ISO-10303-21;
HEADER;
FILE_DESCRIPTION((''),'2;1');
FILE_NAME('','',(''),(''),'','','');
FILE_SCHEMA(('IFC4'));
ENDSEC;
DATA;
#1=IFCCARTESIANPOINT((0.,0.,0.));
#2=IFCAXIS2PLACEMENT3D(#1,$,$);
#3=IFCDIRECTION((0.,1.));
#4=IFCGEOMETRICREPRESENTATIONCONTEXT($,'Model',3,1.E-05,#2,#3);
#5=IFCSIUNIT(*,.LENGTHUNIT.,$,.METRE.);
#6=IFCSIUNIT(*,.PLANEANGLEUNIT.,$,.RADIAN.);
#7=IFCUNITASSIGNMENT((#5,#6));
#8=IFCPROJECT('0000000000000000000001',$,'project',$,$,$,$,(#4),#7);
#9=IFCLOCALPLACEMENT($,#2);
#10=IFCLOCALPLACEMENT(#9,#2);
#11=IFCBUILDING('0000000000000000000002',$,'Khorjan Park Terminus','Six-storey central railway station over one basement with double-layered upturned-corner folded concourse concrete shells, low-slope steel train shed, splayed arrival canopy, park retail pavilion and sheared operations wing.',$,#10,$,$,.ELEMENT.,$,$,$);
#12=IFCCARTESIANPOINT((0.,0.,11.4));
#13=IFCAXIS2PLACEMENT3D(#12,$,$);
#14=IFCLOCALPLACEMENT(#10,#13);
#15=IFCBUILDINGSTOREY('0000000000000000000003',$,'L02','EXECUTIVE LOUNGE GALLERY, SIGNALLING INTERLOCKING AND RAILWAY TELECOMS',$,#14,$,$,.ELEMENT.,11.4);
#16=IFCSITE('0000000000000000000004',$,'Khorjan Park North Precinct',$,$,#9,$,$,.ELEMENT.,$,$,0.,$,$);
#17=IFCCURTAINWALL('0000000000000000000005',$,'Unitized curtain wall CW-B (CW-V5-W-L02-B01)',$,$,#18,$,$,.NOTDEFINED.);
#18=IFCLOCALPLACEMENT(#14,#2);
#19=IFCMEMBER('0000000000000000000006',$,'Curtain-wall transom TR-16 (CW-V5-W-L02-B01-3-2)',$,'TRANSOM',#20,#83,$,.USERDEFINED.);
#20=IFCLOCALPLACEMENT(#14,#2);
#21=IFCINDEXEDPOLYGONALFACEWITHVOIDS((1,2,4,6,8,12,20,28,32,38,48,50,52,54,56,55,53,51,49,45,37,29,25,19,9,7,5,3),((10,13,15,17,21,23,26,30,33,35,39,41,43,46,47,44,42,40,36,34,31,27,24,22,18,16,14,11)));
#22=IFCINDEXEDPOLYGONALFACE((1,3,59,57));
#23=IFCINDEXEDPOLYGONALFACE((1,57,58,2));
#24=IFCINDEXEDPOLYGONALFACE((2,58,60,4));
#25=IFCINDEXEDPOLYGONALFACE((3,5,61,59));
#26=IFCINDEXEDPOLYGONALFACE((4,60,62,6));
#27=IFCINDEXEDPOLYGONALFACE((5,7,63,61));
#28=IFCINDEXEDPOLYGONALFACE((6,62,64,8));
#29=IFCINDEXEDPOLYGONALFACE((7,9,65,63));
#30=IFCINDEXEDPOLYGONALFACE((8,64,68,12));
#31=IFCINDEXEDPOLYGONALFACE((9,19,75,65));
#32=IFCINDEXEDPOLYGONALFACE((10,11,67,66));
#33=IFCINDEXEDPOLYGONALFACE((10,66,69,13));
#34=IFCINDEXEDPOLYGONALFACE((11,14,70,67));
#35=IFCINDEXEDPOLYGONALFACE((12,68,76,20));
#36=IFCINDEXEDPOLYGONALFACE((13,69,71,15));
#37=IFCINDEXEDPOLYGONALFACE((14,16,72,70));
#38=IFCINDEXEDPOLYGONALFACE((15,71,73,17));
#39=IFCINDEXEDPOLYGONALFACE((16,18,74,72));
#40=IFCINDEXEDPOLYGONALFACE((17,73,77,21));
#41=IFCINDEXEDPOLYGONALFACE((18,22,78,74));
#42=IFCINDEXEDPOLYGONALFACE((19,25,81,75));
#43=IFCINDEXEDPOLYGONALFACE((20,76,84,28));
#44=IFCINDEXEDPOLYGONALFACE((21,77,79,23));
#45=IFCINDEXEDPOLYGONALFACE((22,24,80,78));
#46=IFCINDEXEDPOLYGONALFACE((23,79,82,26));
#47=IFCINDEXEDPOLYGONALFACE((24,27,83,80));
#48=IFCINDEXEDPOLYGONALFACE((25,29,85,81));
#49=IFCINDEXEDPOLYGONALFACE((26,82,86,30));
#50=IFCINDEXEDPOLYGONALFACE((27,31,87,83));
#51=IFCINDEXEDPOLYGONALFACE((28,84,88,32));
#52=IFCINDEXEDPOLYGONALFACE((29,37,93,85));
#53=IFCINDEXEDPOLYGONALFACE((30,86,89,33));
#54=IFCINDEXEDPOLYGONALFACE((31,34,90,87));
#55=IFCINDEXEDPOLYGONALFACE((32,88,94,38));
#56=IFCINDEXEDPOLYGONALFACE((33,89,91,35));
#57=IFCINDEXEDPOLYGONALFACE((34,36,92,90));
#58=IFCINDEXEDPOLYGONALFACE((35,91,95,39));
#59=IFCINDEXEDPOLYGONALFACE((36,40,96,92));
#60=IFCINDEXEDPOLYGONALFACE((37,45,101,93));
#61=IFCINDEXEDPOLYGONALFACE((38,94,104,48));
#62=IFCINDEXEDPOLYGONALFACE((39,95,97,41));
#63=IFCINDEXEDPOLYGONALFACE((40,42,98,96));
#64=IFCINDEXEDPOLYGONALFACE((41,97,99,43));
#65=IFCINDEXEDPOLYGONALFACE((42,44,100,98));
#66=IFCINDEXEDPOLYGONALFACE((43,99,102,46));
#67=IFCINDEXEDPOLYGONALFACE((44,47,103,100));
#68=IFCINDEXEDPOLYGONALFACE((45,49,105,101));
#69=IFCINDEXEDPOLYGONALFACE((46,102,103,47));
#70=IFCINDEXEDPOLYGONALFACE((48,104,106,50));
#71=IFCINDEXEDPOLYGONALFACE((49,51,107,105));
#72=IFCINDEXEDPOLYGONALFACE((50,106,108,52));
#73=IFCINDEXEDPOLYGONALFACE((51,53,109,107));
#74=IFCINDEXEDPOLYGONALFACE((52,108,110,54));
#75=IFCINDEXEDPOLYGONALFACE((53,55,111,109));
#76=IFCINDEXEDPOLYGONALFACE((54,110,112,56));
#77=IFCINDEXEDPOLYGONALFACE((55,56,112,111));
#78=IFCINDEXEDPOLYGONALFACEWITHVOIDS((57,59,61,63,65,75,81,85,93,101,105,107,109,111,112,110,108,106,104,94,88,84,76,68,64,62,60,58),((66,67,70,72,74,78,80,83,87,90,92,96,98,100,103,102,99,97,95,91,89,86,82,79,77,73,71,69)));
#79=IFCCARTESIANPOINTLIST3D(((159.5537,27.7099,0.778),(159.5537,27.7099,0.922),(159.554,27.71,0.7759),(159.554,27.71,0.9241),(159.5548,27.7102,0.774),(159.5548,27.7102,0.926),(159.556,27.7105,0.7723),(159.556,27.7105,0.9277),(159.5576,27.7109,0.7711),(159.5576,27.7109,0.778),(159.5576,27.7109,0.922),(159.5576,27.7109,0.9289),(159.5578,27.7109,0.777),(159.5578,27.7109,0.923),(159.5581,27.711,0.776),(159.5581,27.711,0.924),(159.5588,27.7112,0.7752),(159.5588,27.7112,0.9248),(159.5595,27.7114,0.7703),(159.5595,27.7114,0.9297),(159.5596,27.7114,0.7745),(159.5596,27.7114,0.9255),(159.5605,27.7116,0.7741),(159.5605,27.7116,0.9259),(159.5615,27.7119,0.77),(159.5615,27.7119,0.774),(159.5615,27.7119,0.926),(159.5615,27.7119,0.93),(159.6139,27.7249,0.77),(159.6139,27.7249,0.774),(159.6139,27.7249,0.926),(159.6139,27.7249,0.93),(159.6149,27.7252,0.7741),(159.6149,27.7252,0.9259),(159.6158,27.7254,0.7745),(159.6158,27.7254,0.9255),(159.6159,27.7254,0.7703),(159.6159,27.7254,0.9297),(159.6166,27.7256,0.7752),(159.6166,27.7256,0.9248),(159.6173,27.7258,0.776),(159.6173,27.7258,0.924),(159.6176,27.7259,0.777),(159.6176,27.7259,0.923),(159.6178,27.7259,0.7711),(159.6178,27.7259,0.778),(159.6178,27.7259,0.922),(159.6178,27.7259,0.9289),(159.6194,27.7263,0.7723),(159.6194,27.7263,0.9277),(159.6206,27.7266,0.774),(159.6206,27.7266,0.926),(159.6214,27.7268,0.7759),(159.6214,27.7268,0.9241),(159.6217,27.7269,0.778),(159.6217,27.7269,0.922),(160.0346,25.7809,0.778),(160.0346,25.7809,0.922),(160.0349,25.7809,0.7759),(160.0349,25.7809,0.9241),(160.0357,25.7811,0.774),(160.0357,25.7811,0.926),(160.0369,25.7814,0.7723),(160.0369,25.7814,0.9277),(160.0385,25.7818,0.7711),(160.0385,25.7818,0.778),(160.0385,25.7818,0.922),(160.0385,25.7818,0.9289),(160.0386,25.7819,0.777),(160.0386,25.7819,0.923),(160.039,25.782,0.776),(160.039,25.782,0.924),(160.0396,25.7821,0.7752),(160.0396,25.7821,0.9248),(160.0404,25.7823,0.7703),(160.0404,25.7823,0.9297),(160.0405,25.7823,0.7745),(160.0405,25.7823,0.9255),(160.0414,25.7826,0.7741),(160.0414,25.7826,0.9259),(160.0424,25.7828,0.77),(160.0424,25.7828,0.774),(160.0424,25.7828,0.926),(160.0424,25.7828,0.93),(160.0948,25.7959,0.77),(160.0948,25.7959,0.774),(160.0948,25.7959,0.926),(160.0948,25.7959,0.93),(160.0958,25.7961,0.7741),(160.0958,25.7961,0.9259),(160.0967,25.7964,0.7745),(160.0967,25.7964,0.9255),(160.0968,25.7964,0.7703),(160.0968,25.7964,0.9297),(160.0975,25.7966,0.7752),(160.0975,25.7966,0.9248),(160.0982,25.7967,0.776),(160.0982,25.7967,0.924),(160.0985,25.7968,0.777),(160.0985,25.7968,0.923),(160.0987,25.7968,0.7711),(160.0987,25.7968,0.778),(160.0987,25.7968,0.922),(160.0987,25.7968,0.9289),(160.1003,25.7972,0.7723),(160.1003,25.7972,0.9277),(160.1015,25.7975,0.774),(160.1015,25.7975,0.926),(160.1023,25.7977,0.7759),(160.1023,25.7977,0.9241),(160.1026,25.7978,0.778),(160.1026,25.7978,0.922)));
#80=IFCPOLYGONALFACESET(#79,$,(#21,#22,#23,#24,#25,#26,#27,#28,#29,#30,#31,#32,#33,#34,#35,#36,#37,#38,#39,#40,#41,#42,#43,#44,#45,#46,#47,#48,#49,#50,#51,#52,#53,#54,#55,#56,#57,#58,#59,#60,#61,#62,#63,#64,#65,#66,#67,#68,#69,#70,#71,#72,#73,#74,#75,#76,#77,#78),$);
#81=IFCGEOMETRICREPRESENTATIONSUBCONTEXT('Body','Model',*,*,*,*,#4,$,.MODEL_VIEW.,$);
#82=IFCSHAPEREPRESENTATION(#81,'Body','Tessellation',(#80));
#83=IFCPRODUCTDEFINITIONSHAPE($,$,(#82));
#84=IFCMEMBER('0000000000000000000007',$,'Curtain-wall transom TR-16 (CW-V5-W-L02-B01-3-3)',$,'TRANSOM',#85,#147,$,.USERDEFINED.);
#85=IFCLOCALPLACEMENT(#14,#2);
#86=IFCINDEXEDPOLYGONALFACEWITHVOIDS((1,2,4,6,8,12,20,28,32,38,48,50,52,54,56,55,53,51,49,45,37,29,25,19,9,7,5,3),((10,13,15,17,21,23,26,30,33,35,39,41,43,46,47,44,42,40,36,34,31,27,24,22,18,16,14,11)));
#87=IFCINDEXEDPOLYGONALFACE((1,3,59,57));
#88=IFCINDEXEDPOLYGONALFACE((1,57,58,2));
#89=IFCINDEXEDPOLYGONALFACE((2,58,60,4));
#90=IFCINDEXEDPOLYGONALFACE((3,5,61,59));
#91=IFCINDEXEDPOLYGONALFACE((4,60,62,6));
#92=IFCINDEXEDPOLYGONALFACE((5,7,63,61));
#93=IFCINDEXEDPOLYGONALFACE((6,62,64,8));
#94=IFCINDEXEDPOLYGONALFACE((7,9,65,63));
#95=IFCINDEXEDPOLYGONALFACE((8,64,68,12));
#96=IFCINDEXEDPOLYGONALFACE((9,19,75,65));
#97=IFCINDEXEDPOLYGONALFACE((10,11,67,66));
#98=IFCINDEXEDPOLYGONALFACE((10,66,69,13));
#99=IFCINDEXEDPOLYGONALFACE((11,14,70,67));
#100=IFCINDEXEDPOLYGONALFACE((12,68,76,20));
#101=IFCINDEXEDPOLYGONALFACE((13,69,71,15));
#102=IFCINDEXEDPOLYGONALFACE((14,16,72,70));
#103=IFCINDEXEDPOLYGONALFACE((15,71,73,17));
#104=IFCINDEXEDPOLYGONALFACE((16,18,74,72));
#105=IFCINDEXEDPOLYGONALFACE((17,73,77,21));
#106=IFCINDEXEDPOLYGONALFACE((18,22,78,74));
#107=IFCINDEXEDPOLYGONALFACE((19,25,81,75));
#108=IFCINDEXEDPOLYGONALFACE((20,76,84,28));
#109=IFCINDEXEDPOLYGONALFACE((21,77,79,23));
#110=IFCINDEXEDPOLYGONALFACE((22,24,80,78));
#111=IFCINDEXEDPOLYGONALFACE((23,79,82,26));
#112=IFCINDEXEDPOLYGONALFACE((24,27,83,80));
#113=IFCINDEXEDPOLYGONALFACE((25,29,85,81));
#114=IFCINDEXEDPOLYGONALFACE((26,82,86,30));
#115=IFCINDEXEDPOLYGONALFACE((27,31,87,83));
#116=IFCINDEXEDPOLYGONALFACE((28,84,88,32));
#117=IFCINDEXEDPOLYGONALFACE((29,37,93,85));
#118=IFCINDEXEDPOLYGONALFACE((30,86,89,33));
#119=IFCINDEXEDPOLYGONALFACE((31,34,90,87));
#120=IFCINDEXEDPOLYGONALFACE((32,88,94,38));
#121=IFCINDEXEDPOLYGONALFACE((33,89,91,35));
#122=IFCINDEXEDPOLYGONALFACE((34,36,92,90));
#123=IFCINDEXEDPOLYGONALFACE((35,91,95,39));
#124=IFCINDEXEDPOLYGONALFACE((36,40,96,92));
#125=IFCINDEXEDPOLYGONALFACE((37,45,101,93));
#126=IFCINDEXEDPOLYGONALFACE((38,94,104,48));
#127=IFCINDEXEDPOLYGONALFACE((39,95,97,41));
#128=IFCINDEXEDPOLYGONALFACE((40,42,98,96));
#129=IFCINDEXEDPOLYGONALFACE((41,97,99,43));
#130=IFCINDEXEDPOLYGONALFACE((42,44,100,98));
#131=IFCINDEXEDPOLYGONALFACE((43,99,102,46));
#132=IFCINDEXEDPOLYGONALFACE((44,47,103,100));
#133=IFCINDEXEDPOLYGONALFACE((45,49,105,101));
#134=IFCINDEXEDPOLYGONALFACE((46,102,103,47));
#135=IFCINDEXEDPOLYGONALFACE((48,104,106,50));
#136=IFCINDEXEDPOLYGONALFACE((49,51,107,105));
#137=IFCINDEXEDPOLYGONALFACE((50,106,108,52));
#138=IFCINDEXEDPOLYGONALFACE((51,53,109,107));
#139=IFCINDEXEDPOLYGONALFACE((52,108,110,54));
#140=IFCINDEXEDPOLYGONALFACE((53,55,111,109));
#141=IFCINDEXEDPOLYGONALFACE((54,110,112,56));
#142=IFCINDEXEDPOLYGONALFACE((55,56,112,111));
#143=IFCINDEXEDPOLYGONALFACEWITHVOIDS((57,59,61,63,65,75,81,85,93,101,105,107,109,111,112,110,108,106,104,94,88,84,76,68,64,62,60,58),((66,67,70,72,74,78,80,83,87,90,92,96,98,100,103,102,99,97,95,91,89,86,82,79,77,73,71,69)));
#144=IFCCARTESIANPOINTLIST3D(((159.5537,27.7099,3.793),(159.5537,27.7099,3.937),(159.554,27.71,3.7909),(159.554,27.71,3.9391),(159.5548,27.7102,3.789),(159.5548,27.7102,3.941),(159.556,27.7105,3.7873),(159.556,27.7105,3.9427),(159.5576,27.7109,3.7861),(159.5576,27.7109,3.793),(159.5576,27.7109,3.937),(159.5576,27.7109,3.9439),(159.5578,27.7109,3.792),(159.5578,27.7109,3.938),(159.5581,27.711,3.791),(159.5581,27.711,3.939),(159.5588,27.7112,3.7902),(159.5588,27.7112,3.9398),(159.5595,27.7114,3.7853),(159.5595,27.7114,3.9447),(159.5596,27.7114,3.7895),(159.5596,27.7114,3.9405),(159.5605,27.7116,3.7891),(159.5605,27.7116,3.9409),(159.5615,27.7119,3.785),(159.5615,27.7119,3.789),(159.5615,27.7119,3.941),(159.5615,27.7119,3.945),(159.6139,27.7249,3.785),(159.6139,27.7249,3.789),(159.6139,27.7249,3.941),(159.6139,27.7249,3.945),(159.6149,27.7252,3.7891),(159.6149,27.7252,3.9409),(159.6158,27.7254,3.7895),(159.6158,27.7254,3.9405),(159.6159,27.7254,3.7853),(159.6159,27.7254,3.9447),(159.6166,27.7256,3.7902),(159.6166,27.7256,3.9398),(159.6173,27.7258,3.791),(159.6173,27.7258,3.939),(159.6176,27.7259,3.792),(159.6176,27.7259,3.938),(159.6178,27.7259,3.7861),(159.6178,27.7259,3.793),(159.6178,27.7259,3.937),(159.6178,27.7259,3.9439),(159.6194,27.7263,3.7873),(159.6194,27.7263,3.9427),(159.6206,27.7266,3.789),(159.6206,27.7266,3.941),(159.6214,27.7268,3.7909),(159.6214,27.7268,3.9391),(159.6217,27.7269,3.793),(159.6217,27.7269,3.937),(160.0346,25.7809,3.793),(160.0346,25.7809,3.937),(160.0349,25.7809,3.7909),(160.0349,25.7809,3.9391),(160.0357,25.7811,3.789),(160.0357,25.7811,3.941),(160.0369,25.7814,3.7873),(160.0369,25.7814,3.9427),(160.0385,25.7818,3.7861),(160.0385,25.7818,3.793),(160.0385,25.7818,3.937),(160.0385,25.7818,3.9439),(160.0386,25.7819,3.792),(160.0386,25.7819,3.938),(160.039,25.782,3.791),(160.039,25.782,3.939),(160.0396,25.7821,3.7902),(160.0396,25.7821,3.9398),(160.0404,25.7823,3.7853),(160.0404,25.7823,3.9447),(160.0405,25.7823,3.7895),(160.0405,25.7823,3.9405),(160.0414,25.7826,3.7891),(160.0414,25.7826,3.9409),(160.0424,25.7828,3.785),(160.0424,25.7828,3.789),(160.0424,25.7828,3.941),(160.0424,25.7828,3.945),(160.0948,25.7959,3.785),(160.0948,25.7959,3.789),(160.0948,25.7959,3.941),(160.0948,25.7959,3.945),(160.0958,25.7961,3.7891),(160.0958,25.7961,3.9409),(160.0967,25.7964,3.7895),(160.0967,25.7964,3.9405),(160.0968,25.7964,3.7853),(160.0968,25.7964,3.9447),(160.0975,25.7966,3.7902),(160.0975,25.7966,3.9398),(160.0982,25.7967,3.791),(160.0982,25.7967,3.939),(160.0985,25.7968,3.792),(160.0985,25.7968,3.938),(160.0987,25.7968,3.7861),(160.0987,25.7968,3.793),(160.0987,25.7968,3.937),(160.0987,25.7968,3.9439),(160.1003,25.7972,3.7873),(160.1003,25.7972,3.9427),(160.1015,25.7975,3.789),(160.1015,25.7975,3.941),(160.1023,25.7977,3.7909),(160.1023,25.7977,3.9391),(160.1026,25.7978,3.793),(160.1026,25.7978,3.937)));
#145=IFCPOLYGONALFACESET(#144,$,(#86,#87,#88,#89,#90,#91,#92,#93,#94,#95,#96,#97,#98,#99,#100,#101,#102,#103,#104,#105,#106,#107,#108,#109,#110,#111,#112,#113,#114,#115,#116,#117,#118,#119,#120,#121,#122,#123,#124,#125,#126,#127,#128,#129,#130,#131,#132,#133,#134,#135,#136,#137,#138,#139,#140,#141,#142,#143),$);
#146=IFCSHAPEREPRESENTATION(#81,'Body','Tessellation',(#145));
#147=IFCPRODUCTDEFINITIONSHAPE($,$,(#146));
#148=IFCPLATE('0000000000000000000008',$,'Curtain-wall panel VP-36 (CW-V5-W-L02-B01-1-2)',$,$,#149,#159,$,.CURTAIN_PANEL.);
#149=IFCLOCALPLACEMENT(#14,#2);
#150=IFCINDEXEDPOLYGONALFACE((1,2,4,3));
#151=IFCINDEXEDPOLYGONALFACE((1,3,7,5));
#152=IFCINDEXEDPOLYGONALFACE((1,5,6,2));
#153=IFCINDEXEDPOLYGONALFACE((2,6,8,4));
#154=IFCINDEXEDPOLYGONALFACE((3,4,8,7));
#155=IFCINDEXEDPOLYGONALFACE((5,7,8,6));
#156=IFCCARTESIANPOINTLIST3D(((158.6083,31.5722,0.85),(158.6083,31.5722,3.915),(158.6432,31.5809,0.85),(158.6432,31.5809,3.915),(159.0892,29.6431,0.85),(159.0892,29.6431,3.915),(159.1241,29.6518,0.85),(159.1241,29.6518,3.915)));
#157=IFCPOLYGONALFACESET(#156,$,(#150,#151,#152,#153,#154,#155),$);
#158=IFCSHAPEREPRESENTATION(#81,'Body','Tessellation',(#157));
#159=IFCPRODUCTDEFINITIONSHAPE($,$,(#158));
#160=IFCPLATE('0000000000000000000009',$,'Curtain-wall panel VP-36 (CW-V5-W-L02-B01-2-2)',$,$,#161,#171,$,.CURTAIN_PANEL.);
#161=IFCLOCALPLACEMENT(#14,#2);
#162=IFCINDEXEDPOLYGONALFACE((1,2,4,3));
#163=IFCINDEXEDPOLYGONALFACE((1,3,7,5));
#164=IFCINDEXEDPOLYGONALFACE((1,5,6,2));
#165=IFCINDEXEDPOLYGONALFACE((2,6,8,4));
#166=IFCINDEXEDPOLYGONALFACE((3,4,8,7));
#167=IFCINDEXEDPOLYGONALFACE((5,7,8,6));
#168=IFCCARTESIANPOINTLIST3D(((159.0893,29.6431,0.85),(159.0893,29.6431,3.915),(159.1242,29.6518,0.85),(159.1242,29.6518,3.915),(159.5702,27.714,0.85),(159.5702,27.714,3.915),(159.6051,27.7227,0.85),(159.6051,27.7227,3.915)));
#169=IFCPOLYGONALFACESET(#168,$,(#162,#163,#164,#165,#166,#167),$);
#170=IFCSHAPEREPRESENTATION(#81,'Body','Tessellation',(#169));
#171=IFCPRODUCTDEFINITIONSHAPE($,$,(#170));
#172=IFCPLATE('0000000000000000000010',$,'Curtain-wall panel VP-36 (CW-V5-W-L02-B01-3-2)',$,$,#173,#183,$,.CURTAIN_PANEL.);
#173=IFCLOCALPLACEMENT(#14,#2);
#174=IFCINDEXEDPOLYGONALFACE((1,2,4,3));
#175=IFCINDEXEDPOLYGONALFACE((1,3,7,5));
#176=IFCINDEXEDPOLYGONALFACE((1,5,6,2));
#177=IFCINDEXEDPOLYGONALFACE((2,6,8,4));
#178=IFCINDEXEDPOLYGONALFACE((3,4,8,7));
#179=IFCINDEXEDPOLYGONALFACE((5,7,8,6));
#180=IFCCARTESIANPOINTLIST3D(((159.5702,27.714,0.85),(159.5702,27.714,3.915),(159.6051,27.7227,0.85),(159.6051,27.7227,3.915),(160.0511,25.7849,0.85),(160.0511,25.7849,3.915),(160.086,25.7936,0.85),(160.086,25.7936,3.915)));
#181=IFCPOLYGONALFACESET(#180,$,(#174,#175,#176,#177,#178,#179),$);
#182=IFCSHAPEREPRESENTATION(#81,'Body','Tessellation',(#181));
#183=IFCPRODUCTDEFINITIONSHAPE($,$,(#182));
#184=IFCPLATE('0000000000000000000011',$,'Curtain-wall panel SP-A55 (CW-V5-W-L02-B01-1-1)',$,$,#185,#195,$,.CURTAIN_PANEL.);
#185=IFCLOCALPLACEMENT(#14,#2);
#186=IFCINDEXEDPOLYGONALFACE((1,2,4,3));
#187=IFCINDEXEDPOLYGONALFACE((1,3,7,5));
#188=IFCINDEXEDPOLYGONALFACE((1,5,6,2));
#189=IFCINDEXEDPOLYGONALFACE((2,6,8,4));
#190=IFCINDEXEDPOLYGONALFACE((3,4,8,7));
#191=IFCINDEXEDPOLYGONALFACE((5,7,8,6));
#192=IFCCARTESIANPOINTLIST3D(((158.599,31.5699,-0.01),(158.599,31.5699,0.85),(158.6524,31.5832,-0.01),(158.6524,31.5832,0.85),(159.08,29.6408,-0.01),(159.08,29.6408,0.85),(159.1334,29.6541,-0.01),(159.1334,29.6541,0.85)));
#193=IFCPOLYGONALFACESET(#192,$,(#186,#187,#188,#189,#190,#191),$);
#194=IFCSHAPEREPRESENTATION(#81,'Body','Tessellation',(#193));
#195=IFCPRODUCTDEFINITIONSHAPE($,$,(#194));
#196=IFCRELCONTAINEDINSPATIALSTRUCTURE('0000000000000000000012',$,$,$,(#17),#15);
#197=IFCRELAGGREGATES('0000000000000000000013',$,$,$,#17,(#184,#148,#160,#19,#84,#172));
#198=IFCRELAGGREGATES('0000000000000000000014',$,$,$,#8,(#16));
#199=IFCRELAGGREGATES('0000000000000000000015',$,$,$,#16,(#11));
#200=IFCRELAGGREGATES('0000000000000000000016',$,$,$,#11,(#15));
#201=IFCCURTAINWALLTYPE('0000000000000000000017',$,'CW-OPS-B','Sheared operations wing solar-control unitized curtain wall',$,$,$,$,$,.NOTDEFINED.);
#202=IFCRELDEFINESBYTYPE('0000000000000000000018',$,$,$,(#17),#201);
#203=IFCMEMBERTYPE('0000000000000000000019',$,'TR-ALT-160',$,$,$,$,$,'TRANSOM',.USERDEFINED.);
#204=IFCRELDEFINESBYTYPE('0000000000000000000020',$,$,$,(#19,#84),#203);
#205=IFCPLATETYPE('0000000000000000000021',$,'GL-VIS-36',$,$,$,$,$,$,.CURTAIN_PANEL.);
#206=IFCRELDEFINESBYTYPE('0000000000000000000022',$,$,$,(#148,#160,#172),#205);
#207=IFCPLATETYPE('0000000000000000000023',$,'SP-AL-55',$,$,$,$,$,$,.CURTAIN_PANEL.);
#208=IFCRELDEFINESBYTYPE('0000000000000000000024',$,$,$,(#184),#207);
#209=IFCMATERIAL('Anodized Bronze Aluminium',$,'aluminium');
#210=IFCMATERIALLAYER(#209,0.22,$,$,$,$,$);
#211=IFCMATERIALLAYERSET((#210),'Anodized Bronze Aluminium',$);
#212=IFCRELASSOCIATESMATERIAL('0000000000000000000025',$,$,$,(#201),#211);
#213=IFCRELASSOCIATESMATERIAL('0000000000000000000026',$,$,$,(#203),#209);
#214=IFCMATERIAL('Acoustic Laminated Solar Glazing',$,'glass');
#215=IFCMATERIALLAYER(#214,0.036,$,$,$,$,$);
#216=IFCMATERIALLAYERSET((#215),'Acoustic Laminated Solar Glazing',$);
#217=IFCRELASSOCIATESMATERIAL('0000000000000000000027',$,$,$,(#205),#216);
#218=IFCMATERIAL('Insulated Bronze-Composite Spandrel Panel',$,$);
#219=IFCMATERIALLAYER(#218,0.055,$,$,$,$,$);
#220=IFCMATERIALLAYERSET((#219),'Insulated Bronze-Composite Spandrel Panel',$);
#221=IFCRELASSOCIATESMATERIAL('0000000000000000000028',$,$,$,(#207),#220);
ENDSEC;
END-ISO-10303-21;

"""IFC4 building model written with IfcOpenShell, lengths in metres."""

from ifc_helpers import new_model, si_unit, direction, frame, origin, origin_2d, place, context, subcontext, project, spatial, rectangle, hollow_rectangle, extrude, material, layer, layer_set, material_profile, profile_set, type_object, element, aggregate, save


model = new_model("IFC4")

# Units and contexts
model_context = context("Model", 3, precision=1e-05, world=origin(), true_north=direction((0.0, 1.0)))
body_context = subcontext(model_context, "Body", "Model", "MODEL_VIEW")
ifc_project = project(units=[si_unit("LENGTHUNIT", "METRE"), si_unit("PLANEANGLEUNIT", "RADIAN")], contexts=[model_context])

# Site, building, storey
site_placement = place(None, origin())
site = spatial("IfcSite", under=ifc_project, at=site_placement, Name="Khorjan Park North Precinct", CompositionType="ELEMENT", RefElevation=0.0)
building_placement = place(site_placement, origin())
building = spatial("IfcBuilding", under=site, at=building_placement, Name="Khorjan Park Terminus", Description="Six-storey central railway station over one basement with double-layered upturned-corner folded concourse concrete shells, low-slope steel train shed, splayed arrival canopy, park retail pavilion and sheared operations wing.", CompositionType="ELEMENT")
storey_placement = place(building_placement, frame((0.0, 0.0, 11.4)))
storey = spatial("IfcBuildingStorey", under=building, at=storey_placement, Name="L02", Description="EXECUTIVE LOUNGE GALLERY, SIGNALLING INTERLOCKING AND RAILWAY TELECOMS", CompositionType="ELEMENT", Elevation=11.4)

# Curtain wall, members, plates
ifc_material_1 = material(Name="Anodized Bronze Aluminium", Category="aluminium")
ifc_layer_1 = layer(ifc_material_1, 0.22)
ifc_layer_set_1 = layer_set([ifc_layer_1], Name="Anodized Bronze Aluminium")
curtain_wall_type = type_object("IfcCurtainWallType", Name="CW-OPS-B", Description="Sheared operations wing solar-control unitized curtain wall", PredefinedType="NOTDEFINED", material=ifc_layer_set_1)
curtain_wall_placement = place(storey_placement, origin())
curtain_wall = element("IfcCurtainWall", 1, at=curtain_wall_placement, inside=storey, type_object=curtain_wall_type, Name="Unitized curtain wall CW-B (CW-V5-W-L02-B01)", PredefinedType="NOTDEFINED")
ifc_material_profile_1 = material_profile(ifc_material_1, hollow_rectangle(XDim=0.07, YDim=0.16, WallThickness=0.004, InnerFilletRadius=0.004, OuterFilletRadius=0.008, at=origin_2d()), Name="ALT 70x160x4")
ifc_profile_set_1 = profile_set([ifc_material_profile_1], Name="Anodized Bronze Aluminium")
member_type_1 = type_object("IfcMemberType", Name="TR-ALT-160", ElementType="TRANSOM", PredefinedType="USERDEFINED", material=ifc_profile_set_1)
member_1_placement = place(storey_placement, frame((159.5877, 27.7184, 0.85), z_axis=(0.241885, -0.970305, 0.0), x_axis=(0.970305, 0.241885, 0.0)))
member_1 = element("IfcMember", 2, at=member_1_placement, type_object=member_type_1, Name="Curtain-wall transom TR-16 (CW-V5-W-L02-B01-3-2)", ObjectType="TRANSOM", PredefinedType="USERDEFINED", context=body_context, shape_type="SweptSolid", body=[
    extrude(hollow_rectangle(XDim=0.07, YDim=0.16, WallThickness=0.004, InnerFilletRadius=0.004, OuterFilletRadius=0.008, at=origin_2d()), origin(), (0.0, 0.0, 1.0), 1.9881),
])
member_2_placement = place(storey_placement, frame((159.5877, 27.7184, 3.865), z_axis=(0.241885, -0.970305, 0.0), x_axis=(0.970305, 0.241885, 0.0)))
member_2 = element("IfcMember", 3, at=member_2_placement, type_object=member_type_1, Name="Curtain-wall transom TR-16 (CW-V5-W-L02-B01-3-3)", ObjectType="TRANSOM", PredefinedType="USERDEFINED", context=body_context, shape_type="SweptSolid", body=[
    extrude(hollow_rectangle(XDim=0.07, YDim=0.16, WallThickness=0.004, InnerFilletRadius=0.004, OuterFilletRadius=0.008, at=origin_2d()), origin(), (0.0, 0.0, 1.0), 1.9881),
])
ifc_material_2 = material(Name="Acoustic Laminated Solar Glazing", Category="glass")
ifc_layer_2 = layer(ifc_material_2, 0.036)
ifc_layer_set_2 = layer_set([ifc_layer_2], Name="Acoustic Laminated Solar Glazing")
plate_type_1 = type_object("IfcPlateType", Name="GL-VIS-36", PredefinedType="CURTAIN_PANEL", material=ifc_layer_set_2)
plate_1_placement = place(storey_placement, frame((158.8662, 30.612, 0.85), z_axis=(0.0, 0.0, 1.0), x_axis=(0.241915, -0.970297, 0.0)))
plate_1 = element("IfcPlate", 4, at=plate_1_placement, type_object=plate_type_1, Name="Curtain-wall panel VP-36 (CW-V5-W-L02-B01-1-2)", PredefinedType="CURTAIN_PANEL", context=body_context, shape_type="SweptSolid", body=[
    extrude(rectangle(XDim=1.9881, YDim=0.036, at=origin_2d()), origin(), (0.0, 0.0, 1.0), 3.065),
])
plate_2_placement = place(storey_placement, frame((159.3472, 28.6829, 0.85), z_axis=(0.0, 0.0, 1.0), x_axis=(0.241915, -0.970297, 0.0)))
plate_2 = element("IfcPlate", 5, at=plate_2_placement, type_object=plate_type_1, Name="Curtain-wall panel VP-36 (CW-V5-W-L02-B01-2-2)", PredefinedType="CURTAIN_PANEL", context=body_context, shape_type="SweptSolid", body=[
    extrude(rectangle(XDim=1.9881, YDim=0.036, at=origin_2d()), origin(), (0.0, 0.0, 1.0), 3.065),
])
plate_3_placement = place(storey_placement, frame((159.8281, 26.7538, 0.85), z_axis=(0.0, 0.0, 1.0), x_axis=(0.241915, -0.970297, 0.0)))
plate_3 = element("IfcPlate", 6, at=plate_3_placement, type_object=plate_type_1, Name="Curtain-wall panel VP-36 (CW-V5-W-L02-B01-3-2)", PredefinedType="CURTAIN_PANEL", context=body_context, shape_type="SweptSolid", body=[
    extrude(rectangle(XDim=1.9881, YDim=0.036, at=origin_2d()), origin(), (0.0, 0.0, 1.0), 3.065),
])
ifc_material_3 = material(Name="Insulated Bronze-Composite Spandrel Panel")
ifc_layer_3 = layer(ifc_material_3, 0.055)
ifc_layer_set_3 = layer_set([ifc_layer_3], Name="Insulated Bronze-Composite Spandrel Panel")
plate_type_2 = type_object("IfcPlateType", Name="SP-AL-55", PredefinedType="CURTAIN_PANEL", material=ifc_layer_set_3)
plate_4_placement = place(storey_placement, frame((158.8662, 30.612, -0.01), z_axis=(0.0, 0.0, 1.0), x_axis=(0.241915, -0.970297, 0.0)))
plate_4 = element("IfcPlate", 7, at=plate_4_placement, type_object=plate_type_2, Name="Curtain-wall panel SP-A55 (CW-V5-W-L02-B01-1-1)", PredefinedType="CURTAIN_PANEL", context=body_context, shape_type="SweptSolid", body=[
    extrude(rectangle(XDim=1.9881, YDim=0.055, at=origin_2d()), origin(), (0.0, 0.0, 1.0), 0.86),
])
aggregate(curtain_wall, [plate_4, plate_1, plate_2, member_1, member_2, plate_3])

save(model, "model.ifc")
